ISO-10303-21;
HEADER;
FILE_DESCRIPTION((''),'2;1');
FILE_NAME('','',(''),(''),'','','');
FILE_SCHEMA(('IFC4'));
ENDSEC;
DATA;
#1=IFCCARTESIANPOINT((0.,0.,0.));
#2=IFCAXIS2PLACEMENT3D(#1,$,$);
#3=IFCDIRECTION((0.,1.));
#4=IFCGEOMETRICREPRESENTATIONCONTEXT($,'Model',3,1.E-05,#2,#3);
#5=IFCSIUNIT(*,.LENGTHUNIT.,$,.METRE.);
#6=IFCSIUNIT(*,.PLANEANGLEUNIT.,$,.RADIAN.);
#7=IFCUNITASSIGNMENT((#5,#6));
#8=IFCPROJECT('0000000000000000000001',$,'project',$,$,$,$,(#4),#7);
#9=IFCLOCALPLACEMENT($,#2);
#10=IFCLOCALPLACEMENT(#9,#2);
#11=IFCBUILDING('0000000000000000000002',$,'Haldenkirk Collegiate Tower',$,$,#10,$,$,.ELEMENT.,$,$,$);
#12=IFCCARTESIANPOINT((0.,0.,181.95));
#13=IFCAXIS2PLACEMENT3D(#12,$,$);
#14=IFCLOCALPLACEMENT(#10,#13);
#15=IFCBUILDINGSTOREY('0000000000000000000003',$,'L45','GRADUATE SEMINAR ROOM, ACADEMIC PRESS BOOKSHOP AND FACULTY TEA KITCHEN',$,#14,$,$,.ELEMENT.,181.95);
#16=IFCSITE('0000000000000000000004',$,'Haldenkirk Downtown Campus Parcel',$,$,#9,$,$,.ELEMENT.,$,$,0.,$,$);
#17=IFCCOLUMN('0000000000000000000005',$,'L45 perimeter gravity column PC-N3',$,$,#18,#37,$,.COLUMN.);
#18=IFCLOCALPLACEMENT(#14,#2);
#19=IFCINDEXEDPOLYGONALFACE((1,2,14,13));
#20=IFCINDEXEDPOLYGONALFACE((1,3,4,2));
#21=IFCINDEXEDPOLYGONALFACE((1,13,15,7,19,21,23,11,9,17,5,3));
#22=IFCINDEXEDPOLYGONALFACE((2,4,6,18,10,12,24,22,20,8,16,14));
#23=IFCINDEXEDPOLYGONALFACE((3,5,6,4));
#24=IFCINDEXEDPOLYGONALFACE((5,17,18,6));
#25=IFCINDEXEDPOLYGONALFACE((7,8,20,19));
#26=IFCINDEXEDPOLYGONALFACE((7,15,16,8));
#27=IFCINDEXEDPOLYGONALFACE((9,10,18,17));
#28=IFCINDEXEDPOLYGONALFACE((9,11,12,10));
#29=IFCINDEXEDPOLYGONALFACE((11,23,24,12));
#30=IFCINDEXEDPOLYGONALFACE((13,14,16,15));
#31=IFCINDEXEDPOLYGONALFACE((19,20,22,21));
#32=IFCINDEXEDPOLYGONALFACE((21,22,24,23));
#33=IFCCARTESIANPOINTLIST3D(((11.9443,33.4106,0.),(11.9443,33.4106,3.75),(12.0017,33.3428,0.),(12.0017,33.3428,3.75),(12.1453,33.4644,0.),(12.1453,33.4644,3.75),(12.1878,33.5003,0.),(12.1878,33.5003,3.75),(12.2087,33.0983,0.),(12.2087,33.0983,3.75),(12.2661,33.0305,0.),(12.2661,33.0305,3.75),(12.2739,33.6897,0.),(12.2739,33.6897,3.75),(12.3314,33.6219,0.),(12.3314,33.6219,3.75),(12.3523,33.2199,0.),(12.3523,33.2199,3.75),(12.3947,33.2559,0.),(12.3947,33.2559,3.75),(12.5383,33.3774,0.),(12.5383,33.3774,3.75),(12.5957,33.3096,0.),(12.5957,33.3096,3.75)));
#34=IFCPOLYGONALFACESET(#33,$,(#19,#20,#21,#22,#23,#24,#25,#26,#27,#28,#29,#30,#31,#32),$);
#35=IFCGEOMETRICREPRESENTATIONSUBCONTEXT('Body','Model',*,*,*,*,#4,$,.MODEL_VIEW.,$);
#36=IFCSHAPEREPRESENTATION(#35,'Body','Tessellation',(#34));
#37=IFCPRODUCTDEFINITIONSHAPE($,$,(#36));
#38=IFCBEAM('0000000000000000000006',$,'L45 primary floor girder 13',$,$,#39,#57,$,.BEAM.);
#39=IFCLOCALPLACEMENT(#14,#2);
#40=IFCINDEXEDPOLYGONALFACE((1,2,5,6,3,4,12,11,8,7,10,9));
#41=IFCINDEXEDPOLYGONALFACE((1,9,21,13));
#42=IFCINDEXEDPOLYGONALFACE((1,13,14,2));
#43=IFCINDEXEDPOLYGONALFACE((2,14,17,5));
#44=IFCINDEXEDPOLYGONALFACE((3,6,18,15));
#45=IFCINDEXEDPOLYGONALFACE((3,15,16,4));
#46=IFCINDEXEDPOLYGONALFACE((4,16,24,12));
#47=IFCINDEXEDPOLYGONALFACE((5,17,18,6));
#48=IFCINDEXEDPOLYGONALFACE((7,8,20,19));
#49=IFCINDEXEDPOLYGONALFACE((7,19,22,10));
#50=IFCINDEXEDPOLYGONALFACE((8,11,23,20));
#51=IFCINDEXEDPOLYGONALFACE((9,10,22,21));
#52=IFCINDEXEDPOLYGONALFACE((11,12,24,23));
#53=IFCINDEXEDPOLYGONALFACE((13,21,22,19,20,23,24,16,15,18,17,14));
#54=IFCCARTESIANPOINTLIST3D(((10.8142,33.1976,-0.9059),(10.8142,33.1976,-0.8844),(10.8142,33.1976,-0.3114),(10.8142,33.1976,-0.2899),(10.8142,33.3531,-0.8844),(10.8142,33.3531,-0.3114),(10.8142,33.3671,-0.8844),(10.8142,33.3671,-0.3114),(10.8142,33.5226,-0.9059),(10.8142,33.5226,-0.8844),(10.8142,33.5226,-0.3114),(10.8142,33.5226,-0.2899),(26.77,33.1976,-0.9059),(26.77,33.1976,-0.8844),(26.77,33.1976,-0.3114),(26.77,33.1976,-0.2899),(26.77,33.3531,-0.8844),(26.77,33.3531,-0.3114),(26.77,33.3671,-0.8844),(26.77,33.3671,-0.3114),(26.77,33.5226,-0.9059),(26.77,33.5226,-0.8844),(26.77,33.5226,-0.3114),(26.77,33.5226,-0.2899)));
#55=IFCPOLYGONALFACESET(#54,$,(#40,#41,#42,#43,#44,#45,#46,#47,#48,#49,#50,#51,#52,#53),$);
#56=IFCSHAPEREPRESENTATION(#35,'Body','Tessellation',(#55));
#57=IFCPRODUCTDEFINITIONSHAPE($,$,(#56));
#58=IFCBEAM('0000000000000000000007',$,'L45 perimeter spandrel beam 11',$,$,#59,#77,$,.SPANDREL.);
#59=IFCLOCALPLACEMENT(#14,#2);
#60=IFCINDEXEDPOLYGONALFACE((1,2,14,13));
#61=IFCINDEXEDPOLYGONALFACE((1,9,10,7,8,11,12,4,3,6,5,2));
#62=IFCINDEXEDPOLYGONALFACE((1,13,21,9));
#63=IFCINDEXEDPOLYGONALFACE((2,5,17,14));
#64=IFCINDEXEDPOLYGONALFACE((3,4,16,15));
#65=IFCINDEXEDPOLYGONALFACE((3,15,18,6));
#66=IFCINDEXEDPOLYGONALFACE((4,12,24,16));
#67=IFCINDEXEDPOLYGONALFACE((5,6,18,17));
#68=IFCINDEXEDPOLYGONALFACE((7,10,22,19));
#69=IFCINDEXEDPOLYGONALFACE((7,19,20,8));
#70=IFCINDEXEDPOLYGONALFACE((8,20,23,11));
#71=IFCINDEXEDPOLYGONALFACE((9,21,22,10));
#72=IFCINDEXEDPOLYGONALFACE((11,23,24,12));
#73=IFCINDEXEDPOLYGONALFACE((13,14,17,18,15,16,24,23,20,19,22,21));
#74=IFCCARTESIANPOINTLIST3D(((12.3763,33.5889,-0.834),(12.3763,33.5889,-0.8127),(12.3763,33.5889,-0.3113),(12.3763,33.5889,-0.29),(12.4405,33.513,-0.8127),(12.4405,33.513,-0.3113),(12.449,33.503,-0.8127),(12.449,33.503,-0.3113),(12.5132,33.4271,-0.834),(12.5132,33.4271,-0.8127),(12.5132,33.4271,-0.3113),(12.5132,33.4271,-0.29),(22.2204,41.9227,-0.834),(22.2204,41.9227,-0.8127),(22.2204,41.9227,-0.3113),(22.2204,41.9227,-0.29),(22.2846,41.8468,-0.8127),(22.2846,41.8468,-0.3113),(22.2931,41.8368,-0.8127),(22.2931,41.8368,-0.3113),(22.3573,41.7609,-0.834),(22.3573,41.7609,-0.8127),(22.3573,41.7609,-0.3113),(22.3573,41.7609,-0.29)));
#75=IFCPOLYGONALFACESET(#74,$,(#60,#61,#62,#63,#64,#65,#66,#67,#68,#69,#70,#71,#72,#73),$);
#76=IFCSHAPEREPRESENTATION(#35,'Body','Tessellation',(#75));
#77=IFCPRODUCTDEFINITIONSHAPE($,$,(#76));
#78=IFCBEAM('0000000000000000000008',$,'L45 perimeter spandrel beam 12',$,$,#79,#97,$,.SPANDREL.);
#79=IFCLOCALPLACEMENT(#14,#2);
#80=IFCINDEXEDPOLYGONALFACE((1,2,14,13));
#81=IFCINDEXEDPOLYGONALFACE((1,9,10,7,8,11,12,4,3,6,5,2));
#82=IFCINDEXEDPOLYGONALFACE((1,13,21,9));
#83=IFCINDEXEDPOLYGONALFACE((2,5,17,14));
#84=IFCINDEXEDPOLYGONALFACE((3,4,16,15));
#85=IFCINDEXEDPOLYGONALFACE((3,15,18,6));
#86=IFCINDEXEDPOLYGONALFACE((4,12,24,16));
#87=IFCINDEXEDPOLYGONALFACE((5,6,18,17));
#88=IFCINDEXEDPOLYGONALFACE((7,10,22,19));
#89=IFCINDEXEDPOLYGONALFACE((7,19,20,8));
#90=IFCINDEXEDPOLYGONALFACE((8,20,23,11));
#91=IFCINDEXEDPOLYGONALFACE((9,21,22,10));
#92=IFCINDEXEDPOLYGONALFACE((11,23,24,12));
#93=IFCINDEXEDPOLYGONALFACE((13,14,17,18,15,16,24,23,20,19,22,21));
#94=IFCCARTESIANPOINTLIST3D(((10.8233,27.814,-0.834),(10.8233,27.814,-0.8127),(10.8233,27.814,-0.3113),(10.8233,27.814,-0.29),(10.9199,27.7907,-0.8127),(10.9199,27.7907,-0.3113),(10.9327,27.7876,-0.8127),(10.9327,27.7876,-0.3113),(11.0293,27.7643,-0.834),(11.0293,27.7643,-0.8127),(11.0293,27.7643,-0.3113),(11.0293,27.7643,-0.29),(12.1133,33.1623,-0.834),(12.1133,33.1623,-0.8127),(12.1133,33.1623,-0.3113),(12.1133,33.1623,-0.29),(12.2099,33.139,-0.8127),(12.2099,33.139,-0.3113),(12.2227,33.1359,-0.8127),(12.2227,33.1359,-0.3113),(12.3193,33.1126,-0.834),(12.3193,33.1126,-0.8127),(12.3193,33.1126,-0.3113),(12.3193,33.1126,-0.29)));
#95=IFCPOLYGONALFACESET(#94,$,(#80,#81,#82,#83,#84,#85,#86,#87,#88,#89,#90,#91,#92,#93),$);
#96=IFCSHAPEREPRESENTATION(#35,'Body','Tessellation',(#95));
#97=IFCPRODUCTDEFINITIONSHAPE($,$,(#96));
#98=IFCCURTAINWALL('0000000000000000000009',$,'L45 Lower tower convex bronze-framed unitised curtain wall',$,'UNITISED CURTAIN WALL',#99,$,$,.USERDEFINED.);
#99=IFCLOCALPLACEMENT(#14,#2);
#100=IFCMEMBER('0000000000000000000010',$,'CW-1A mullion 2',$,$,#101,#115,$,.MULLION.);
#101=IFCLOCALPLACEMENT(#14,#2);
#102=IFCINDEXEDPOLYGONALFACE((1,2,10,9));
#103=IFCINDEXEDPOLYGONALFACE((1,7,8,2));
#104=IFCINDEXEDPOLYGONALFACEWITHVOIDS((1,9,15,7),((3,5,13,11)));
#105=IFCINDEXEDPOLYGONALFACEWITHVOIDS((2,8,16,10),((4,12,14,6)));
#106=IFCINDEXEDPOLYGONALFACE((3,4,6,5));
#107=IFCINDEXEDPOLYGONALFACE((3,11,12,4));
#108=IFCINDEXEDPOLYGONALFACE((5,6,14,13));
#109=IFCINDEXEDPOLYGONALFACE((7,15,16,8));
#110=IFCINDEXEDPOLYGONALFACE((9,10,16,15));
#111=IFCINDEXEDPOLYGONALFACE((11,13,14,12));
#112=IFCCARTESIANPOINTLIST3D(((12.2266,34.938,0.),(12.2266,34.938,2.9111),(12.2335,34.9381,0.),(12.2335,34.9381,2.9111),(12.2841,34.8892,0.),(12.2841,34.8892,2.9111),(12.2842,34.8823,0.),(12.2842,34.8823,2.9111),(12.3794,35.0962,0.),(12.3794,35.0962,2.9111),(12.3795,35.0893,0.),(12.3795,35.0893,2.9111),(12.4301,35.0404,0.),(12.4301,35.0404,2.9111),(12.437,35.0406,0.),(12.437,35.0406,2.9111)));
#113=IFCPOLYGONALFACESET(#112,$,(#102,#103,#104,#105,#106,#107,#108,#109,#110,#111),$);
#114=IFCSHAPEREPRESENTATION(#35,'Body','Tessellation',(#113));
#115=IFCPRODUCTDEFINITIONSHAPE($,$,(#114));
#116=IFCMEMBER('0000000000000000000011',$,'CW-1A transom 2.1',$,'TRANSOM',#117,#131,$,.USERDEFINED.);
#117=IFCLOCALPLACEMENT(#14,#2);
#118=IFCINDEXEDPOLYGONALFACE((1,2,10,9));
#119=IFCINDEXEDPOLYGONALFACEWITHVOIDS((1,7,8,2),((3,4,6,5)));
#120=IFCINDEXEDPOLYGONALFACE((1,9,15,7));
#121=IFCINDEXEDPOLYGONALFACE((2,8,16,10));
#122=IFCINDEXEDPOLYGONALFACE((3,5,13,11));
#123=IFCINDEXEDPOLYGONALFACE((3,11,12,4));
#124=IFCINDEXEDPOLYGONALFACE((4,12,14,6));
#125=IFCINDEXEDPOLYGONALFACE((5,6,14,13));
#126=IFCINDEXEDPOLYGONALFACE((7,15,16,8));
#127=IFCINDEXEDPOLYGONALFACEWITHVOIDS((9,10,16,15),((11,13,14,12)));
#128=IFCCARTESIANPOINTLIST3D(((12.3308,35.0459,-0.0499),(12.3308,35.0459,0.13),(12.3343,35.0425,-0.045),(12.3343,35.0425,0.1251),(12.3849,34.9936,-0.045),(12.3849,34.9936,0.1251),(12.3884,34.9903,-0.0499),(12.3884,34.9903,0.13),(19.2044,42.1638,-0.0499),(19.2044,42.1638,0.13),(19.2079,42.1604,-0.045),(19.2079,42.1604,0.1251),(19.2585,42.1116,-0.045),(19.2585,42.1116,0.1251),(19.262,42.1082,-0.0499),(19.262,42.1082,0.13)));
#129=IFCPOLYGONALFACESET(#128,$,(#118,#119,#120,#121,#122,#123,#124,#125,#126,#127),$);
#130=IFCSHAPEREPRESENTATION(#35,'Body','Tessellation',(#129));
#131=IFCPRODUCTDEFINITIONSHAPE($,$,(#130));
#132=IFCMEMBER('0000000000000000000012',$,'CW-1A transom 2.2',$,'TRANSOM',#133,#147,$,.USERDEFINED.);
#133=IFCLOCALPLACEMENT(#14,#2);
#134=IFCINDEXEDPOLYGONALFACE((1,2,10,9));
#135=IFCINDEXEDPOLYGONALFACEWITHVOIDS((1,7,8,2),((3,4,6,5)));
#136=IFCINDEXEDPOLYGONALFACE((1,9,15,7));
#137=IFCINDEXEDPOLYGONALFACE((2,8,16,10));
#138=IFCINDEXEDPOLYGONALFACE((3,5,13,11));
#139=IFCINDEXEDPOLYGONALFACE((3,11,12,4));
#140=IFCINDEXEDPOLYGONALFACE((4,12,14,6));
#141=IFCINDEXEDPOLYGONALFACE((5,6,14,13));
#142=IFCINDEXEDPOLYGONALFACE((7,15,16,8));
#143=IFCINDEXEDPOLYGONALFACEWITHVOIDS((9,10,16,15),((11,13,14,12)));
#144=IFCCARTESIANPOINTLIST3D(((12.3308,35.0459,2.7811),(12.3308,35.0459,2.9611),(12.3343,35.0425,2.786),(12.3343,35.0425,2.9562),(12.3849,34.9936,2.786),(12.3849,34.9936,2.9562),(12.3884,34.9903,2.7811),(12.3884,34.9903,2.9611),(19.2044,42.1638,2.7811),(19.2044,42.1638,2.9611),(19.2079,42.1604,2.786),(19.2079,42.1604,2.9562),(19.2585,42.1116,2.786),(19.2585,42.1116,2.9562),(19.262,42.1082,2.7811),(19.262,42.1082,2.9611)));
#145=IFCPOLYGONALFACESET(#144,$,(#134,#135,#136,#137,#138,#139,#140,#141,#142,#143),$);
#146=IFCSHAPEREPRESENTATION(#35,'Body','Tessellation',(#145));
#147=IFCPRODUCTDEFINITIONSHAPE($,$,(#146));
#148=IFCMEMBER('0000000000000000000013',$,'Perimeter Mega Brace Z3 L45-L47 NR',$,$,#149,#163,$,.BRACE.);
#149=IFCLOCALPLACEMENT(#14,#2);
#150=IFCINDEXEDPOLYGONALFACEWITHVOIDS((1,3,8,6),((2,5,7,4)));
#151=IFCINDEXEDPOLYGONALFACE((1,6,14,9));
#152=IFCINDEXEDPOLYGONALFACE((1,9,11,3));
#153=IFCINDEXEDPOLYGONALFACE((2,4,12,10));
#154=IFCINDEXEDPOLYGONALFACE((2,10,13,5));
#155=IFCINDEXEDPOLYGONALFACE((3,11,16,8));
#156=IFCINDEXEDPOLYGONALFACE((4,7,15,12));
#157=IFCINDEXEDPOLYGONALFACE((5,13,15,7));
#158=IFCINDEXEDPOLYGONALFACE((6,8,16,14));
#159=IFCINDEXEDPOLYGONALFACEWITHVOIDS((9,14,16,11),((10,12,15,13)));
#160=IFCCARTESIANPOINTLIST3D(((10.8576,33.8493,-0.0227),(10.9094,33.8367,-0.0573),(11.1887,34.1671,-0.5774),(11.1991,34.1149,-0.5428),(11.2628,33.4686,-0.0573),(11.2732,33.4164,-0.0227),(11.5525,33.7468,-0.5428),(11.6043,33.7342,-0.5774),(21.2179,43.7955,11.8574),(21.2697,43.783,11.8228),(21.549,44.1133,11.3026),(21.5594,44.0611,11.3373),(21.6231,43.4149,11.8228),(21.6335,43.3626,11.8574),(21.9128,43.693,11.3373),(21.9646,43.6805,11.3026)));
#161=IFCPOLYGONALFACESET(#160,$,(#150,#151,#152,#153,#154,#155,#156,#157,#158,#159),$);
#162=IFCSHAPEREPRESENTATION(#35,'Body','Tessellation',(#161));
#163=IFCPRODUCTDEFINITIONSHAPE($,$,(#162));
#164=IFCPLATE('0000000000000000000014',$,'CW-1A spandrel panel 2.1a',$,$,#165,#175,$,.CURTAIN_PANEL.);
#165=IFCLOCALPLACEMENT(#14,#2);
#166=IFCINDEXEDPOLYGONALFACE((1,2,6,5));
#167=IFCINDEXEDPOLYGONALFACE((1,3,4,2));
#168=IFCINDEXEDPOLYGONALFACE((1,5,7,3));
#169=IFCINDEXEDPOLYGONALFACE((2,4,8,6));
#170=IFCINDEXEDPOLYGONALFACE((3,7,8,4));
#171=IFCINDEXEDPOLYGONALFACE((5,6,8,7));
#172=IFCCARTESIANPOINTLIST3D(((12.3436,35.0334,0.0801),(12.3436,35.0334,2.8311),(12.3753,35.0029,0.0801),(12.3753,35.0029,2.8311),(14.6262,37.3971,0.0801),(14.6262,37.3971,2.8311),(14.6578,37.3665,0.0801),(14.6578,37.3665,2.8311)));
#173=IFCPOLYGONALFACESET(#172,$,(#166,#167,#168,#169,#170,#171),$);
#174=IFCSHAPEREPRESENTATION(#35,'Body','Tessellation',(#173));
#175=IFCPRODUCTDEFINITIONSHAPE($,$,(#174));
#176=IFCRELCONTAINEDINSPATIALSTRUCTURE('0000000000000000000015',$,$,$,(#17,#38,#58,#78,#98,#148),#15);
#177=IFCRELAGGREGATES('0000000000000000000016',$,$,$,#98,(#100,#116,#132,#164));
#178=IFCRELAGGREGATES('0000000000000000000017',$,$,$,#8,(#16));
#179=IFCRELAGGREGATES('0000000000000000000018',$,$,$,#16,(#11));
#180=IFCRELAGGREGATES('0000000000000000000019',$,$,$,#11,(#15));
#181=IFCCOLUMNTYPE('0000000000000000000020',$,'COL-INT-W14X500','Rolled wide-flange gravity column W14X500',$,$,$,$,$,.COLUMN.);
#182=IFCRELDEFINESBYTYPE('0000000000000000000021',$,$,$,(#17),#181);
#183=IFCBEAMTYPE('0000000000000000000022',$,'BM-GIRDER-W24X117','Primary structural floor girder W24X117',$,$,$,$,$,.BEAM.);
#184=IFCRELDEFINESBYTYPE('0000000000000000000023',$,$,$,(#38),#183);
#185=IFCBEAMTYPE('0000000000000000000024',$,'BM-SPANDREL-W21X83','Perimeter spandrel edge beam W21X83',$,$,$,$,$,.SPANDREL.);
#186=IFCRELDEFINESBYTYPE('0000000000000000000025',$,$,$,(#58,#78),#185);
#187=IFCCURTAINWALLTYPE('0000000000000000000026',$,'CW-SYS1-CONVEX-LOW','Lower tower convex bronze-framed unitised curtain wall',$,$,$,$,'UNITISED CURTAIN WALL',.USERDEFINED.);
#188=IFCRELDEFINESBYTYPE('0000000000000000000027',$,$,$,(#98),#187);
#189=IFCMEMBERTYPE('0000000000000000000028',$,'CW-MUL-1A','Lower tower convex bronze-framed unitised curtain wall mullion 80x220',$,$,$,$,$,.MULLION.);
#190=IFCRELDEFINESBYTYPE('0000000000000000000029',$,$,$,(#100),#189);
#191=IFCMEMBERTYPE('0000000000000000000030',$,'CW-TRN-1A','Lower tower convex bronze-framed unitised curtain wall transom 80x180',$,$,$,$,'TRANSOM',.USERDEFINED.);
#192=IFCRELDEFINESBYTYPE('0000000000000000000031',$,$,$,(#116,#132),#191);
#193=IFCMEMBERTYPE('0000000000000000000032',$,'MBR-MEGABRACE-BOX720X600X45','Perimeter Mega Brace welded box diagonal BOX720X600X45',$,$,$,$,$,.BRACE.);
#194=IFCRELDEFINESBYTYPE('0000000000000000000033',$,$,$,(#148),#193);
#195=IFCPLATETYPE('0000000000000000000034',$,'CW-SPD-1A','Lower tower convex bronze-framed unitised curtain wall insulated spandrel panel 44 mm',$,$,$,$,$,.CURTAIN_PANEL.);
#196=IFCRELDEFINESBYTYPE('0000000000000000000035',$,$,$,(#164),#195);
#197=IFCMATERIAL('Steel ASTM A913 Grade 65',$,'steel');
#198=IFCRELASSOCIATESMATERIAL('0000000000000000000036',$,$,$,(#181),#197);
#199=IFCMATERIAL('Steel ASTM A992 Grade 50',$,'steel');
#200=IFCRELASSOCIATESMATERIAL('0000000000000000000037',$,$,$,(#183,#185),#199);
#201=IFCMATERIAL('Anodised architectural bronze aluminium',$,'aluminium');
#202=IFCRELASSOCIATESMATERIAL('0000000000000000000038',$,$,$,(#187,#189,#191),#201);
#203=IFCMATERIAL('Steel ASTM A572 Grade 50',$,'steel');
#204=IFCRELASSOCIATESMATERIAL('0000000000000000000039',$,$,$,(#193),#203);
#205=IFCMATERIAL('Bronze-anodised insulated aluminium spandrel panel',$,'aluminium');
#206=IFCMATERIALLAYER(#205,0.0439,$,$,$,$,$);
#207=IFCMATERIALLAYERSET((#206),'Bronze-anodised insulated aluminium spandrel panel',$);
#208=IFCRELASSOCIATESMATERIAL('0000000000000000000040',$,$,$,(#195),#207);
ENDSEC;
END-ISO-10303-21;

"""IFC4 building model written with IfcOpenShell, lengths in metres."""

from ifc_helpers import new_model, si_unit, direction, frame, origin, origin_2d, place, context, subcontext, project, spatial, rectangle, hollow_rectangle, i_section, extrude, source, transform, mapped, material, layer, layer_set, material_profile, profile_set, type_object, element, aggregate, save


model = new_model("IFC4")

# Units and contexts
model_context = context("Model", 3, precision=1e-05, world=origin(), true_north=direction((0.0, 1.0)))
body_context = subcontext(model_context, "Body", "Model", "MODEL_VIEW")
ifc_project = project(units=[si_unit("LENGTHUNIT", "METRE"), si_unit("PLANEANGLEUNIT", "RADIAN")], contexts=[model_context])

# Site, building, storey
site_placement = place(None, origin())
site = spatial("IfcSite", under=ifc_project, at=site_placement, Name="Haldenkirk Downtown Campus Parcel", CompositionType="ELEMENT", RefElevation=0.0)
building_placement = place(site_placement, origin())
building = spatial("IfcBuilding", under=site, at=building_placement, Name="Haldenkirk Collegiate Tower", CompositionType="ELEMENT")
storey_placement = place(building_placement, frame((0.0, 0.0, 181.95)))
storey = spatial("IfcBuildingStorey", under=building, at=storey_placement, Name="L45", Description="GRADUATE SEMINAR ROOM, ACADEMIC PRESS BOOKSHOP AND FACULTY TEA KITCHEN", CompositionType="ELEMENT", Elevation=181.95)

# Column
ifc_material_1 = material(Name="Steel ASTM A913 Grade 65", Category="steel")
ifc_material_profile_1 = material_profile(ifc_material_1, i_section(OverallWidth=0.4319, OverallDepth=0.498, WebThickness=0.0557, FlangeThickness=0.0889, at=origin_2d()), Name="W14X500")
ifc_profile_set_1 = profile_set([ifc_material_profile_1], Name="Steel ASTM A913 Grade 65")
column_type = type_object("IfcColumnType", Name="COL-INT-W14X500", Description="Rolled wide-flange gravity column W14X500", PredefinedType="COLUMN", material=ifc_profile_set_1)
column_placement = place(storey_placement, frame((12.27, 33.3601, 0.0), z_axis=(0.0, 0.0, 1.0), x_axis=(0.763232, 0.646124, 0.0)))
element("IfcColumn", 1, at=column_placement, inside=storey, type_object=column_type, Name="L45 perimeter gravity column PC-N3", PredefinedType="COLUMN", context=body_context, shape_type="SweptSolid", body=[
    extrude(i_section(OverallWidth=0.4319, OverallDepth=0.498, WebThickness=0.0557, FlangeThickness=0.0889, at=origin_2d()), origin(), (0.0, 0.0, 1.0), 3.75),
])

# Beams
ifc_material_2 = material(Name="Steel ASTM A992 Grade 50", Category="steel")
ifc_material_profile_2 = material_profile(ifc_material_2, i_section(OverallWidth=0.325, OverallDepth=0.616, WebThickness=0.0139, FlangeThickness=0.0215, at=origin_2d()), Name="W24X117")
ifc_profile_set_2 = profile_set([ifc_material_profile_2], Name="Steel ASTM A992 Grade 50")
beam_type_1 = type_object("IfcBeamType", Name="BM-GIRDER-W24X117", Description="Primary structural floor girder W24X117", PredefinedType="BEAM", material=ifc_profile_set_2)
beam_1_placement = place(storey_placement, frame((10.8142, 33.3601, -0.5979), z_axis=(1.0, 0.0, 0.0), x_axis=(0.0, 1.0, 0.0)))
element("IfcBeam", 2, at=beam_1_placement, inside=storey, type_object=beam_type_1, Name="L45 primary floor girder 13", PredefinedType="BEAM", context=body_context, shape_type="SweptSolid", body=[
    extrude(i_section(OverallWidth=0.325, OverallDepth=0.616, WebThickness=0.0139, FlangeThickness=0.0215, at=origin_2d()), origin(), (0.0, 0.0, 1.0), 15.9558),
])
ifc_material_profile_3 = material_profile(ifc_material_2, i_section(OverallWidth=0.2119, OverallDepth=0.5439, WebThickness=0.0132, FlangeThickness=0.0212, at=origin_2d()), Name="W21X83")
ifc_profile_set_3 = profile_set([ifc_material_profile_3], Name="Steel ASTM A992 Grade 50")
beam_type_2 = type_object("IfcBeamType", Name="BM-SPANDREL-W21X83", Description="Perimeter spandrel edge beam W21X83", PredefinedType="SPANDREL", material=ifc_profile_set_3)
beam_2_placement = place(storey_placement, frame((22.2888, 41.8418, -0.562), z_axis=(-0.763225, -0.646132, 0.0), x_axis=(0.646132, -0.763225, 0.0)))
element("IfcBeam", 3, at=beam_2_placement, inside=storey, type_object=beam_type_2, Name="L45 perimeter spandrel beam 11", PredefinedType="SPANDREL", context=body_context, shape_type="SweptSolid", body=[
    extrude(i_section(OverallWidth=0.2119, OverallDepth=0.5439, WebThickness=0.0132, FlangeThickness=0.0212, at=origin_2d()), origin(), (0.0, 0.0, 1.0), 12.8979),
])
beam_3_placement = place(storey_placement, frame((12.2163, 33.1375, -0.562), z_axis=(-0.234477, -0.972122, 0.0), x_axis=(0.972122, -0.234477, 0.0)))
element("IfcBeam", 4, at=beam_3_placement, inside=storey, type_object=beam_type_2, Name="L45 perimeter spandrel beam 12", PredefinedType="SPANDREL", context=body_context, shape_type="SweptSolid", body=[
    extrude(i_section(OverallWidth=0.2119, OverallDepth=0.5439, WebThickness=0.0132, FlangeThickness=0.0212, at=origin_2d()), origin(), (0.0, 0.0, 1.0), 5.5017),
])

# Curtain wall, members
ifc_material_3 = material(Name="Anodised architectural bronze aluminium", Category="aluminium")
curtain_wall_type = type_object("IfcCurtainWallType", Name="CW-SYS1-CONVEX-LOW", Description="Lower tower convex bronze-framed unitised curtain wall", ElementType="UNITISED CURTAIN WALL", PredefinedType="USERDEFINED", material=ifc_material_3)
curtain_wall_placement = place(storey_placement, origin())
curtain_wall = element("IfcCurtainWall", 5, at=curtain_wall_placement, inside=storey, type_object=curtain_wall_type, Name="L45 Lower tower convex bronze-framed unitised curtain wall", ObjectType="UNITISED CURTAIN WALL", PredefinedType="USERDEFINED")
ifc_material_profile_4 = material_profile(ifc_material_3, hollow_rectangle(XDim=0.0801, YDim=0.22, WallThickness=0.0049, at=origin_2d()), Name="CW-MUL-1A")
ifc_profile_set_4 = profile_set([ifc_material_profile_4], Name="Anodised architectural bronze aluminium")
member_type_1 = type_object("IfcMemberType", Name="CW-MUL-1A", Description="Lower tower convex bronze-framed unitised curtain wall mullion 80x220", PredefinedType="MULLION", material=ifc_profile_set_4)
member_1_placement = place(storey_placement, frame((12.3318, 34.9893, 0.0), z_axis=(0.0, 0.0, 1.0), x_axis=(-0.719341, 0.694657, 0.0)))
member_1 = element("IfcMember", 6, at=member_1_placement, type_object=member_type_1, Name="CW-1A mullion 2", PredefinedType="MULLION", context=body_context, shape_type="SweptSolid", body=[
    extrude(hollow_rectangle(XDim=0.0801, YDim=0.22, WallThickness=0.0049, at=origin_2d()), origin(), (0.0, 0.0, 1.0), 2.9111),
])
ifc_material_profile_5 = material_profile(ifc_material_3, hollow_rectangle(XDim=0.0801, YDim=0.1799, WallThickness=0.0049, at=origin_2d()), Name="CW-TRN-1A")
ifc_profile_set_5 = profile_set([ifc_material_profile_5], Name="Anodised architectural bronze aluminium")
member_type_2 = type_object("IfcMemberType", Name="CW-TRN-1A", Description="Lower tower convex bronze-framed unitised curtain wall transom 80x180", ElementType="TRANSOM", PredefinedType="USERDEFINED", material=ifc_profile_set_5)
member_2_placement = place(storey_placement, frame((12.3596, 35.0181, 0.04), z_axis=(0.69465, 0.719348, 0.0), x_axis=(-0.719348, 0.69465, 0.0)))
member_2 = element("IfcMember", 7, at=member_2_placement, type_object=member_type_2, Name="CW-1A transom 2.1", ObjectType="TRANSOM", PredefinedType="USERDEFINED", context=body_context, shape_type="SweptSolid", body=[
    extrude(hollow_rectangle(XDim=0.0801, YDim=0.1799, WallThickness=0.0049, at=origin_2d()), origin(), (0.0, 0.0, 1.0), 9.895),
])
member_3_placement = place(storey_placement, frame((12.3596, 35.0181, 2.8711), z_axis=(0.69465, 0.719348, 0.0), x_axis=(-0.719348, 0.69465, 0.0)))
member_3 = element("IfcMember", 8, at=member_3_placement, type_object=member_type_2, Name="CW-1A transom 2.2", ObjectType="TRANSOM", PredefinedType="USERDEFINED", context=body_context, shape_type="SweptSolid", body=[
    extrude(hollow_rectangle(XDim=0.0801, YDim=0.1799, WallThickness=0.0049, at=origin_2d()), origin(), (0.0, 0.0, 1.0), 9.895),
])

# Member
ifc_material_4 = material(Name="Steel ASTM A572 Grade 50", Category="steel")
ifc_material_profile_6 = material_profile(ifc_material_4, hollow_rectangle(XDim=0.6001, YDim=0.72, WallThickness=0.0449, at=origin_2d()), Name="BOX720X600X45")
ifc_profile_set_6 = profile_set([ifc_material_profile_6], Name="Steel ASTM A572 Grade 50")
member_type_3 = type_object("IfcMemberType", Name="MBR-MEGABRACE-BOX720X600X45", Description="Perimeter Mega Brace welded box diagonal BOX720X600X45", PredefinedType="BRACE", material=ifc_profile_set_6)
member_4_placement = place(storey_placement, frame((11.231, 33.7917, -0.3), z_axis=(0.55585, 0.533635, 0.637389), x_axis=(-0.692545, 0.721375, 0.0)))
element("IfcMember", 9, at=member_4_placement, inside=storey, type_object=member_type_3, Name="Perimeter Mega Brace Z3 L45-L47 NR", PredefinedType="BRACE", context=body_context, shape_type="SweptSolid", body=[
    extrude(hollow_rectangle(XDim=0.6001, YDim=0.72, WallThickness=0.0449, at=origin_2d()), origin(), (0.0, 0.0, 1.0), 18.6387),
])

# Plate
ifc_material_5 = material(Name="Bronze-anodised insulated aluminium spandrel panel", Category="aluminium")
ifc_layer_1 = layer(ifc_material_5, 0.0439)
ifc_layer_set_1 = layer_set([ifc_layer_1], Name="Bronze-anodised insulated aluminium spandrel panel")
plate_type_1 = type_object("IfcPlateType", Name="CW-SPD-1A", Description="Lower tower convex bronze-framed unitised curtain wall insulated spandrel panel 44 mm", PredefinedType="CURTAIN_PANEL", material=ifc_layer_set_1)
shared_shape_1 = source(origin(), body_context, "Body", "SweptSolid", [
    extrude(rectangle(XDim=3.2859, YDim=0.0439, at=origin_2d()), origin(), (0.0, 0.0, 1.0), 2.751),
])
plate_1_placement = place(storey_placement, frame((13.5007, 36.2, 0.0801), z_axis=(0.0, 0.0, 1.0), x_axis=(0.694657, 0.719341, 0.0)))
plate_1 = element("IfcPlate", 10, at=plate_1_placement, type_object=plate_type_1, Name="CW-1A spandrel panel 2.1a", PredefinedType="CURTAIN_PANEL", context=body_context, shape_type="MappedRepresentation", body=[
    mapped(shared_shape_1, transform((0.0, 0.0, 0.0), x_axis=(1.0, 0.0, 0.0), y_axis=(0.0, 1.0, 0.0), z_axis=(0.0, 0.0, 1.0), scale=1.0)),
])
aggregate(curtain_wall, [member_1, member_2, member_3, plate_1])

save(model, "model.ifc")
